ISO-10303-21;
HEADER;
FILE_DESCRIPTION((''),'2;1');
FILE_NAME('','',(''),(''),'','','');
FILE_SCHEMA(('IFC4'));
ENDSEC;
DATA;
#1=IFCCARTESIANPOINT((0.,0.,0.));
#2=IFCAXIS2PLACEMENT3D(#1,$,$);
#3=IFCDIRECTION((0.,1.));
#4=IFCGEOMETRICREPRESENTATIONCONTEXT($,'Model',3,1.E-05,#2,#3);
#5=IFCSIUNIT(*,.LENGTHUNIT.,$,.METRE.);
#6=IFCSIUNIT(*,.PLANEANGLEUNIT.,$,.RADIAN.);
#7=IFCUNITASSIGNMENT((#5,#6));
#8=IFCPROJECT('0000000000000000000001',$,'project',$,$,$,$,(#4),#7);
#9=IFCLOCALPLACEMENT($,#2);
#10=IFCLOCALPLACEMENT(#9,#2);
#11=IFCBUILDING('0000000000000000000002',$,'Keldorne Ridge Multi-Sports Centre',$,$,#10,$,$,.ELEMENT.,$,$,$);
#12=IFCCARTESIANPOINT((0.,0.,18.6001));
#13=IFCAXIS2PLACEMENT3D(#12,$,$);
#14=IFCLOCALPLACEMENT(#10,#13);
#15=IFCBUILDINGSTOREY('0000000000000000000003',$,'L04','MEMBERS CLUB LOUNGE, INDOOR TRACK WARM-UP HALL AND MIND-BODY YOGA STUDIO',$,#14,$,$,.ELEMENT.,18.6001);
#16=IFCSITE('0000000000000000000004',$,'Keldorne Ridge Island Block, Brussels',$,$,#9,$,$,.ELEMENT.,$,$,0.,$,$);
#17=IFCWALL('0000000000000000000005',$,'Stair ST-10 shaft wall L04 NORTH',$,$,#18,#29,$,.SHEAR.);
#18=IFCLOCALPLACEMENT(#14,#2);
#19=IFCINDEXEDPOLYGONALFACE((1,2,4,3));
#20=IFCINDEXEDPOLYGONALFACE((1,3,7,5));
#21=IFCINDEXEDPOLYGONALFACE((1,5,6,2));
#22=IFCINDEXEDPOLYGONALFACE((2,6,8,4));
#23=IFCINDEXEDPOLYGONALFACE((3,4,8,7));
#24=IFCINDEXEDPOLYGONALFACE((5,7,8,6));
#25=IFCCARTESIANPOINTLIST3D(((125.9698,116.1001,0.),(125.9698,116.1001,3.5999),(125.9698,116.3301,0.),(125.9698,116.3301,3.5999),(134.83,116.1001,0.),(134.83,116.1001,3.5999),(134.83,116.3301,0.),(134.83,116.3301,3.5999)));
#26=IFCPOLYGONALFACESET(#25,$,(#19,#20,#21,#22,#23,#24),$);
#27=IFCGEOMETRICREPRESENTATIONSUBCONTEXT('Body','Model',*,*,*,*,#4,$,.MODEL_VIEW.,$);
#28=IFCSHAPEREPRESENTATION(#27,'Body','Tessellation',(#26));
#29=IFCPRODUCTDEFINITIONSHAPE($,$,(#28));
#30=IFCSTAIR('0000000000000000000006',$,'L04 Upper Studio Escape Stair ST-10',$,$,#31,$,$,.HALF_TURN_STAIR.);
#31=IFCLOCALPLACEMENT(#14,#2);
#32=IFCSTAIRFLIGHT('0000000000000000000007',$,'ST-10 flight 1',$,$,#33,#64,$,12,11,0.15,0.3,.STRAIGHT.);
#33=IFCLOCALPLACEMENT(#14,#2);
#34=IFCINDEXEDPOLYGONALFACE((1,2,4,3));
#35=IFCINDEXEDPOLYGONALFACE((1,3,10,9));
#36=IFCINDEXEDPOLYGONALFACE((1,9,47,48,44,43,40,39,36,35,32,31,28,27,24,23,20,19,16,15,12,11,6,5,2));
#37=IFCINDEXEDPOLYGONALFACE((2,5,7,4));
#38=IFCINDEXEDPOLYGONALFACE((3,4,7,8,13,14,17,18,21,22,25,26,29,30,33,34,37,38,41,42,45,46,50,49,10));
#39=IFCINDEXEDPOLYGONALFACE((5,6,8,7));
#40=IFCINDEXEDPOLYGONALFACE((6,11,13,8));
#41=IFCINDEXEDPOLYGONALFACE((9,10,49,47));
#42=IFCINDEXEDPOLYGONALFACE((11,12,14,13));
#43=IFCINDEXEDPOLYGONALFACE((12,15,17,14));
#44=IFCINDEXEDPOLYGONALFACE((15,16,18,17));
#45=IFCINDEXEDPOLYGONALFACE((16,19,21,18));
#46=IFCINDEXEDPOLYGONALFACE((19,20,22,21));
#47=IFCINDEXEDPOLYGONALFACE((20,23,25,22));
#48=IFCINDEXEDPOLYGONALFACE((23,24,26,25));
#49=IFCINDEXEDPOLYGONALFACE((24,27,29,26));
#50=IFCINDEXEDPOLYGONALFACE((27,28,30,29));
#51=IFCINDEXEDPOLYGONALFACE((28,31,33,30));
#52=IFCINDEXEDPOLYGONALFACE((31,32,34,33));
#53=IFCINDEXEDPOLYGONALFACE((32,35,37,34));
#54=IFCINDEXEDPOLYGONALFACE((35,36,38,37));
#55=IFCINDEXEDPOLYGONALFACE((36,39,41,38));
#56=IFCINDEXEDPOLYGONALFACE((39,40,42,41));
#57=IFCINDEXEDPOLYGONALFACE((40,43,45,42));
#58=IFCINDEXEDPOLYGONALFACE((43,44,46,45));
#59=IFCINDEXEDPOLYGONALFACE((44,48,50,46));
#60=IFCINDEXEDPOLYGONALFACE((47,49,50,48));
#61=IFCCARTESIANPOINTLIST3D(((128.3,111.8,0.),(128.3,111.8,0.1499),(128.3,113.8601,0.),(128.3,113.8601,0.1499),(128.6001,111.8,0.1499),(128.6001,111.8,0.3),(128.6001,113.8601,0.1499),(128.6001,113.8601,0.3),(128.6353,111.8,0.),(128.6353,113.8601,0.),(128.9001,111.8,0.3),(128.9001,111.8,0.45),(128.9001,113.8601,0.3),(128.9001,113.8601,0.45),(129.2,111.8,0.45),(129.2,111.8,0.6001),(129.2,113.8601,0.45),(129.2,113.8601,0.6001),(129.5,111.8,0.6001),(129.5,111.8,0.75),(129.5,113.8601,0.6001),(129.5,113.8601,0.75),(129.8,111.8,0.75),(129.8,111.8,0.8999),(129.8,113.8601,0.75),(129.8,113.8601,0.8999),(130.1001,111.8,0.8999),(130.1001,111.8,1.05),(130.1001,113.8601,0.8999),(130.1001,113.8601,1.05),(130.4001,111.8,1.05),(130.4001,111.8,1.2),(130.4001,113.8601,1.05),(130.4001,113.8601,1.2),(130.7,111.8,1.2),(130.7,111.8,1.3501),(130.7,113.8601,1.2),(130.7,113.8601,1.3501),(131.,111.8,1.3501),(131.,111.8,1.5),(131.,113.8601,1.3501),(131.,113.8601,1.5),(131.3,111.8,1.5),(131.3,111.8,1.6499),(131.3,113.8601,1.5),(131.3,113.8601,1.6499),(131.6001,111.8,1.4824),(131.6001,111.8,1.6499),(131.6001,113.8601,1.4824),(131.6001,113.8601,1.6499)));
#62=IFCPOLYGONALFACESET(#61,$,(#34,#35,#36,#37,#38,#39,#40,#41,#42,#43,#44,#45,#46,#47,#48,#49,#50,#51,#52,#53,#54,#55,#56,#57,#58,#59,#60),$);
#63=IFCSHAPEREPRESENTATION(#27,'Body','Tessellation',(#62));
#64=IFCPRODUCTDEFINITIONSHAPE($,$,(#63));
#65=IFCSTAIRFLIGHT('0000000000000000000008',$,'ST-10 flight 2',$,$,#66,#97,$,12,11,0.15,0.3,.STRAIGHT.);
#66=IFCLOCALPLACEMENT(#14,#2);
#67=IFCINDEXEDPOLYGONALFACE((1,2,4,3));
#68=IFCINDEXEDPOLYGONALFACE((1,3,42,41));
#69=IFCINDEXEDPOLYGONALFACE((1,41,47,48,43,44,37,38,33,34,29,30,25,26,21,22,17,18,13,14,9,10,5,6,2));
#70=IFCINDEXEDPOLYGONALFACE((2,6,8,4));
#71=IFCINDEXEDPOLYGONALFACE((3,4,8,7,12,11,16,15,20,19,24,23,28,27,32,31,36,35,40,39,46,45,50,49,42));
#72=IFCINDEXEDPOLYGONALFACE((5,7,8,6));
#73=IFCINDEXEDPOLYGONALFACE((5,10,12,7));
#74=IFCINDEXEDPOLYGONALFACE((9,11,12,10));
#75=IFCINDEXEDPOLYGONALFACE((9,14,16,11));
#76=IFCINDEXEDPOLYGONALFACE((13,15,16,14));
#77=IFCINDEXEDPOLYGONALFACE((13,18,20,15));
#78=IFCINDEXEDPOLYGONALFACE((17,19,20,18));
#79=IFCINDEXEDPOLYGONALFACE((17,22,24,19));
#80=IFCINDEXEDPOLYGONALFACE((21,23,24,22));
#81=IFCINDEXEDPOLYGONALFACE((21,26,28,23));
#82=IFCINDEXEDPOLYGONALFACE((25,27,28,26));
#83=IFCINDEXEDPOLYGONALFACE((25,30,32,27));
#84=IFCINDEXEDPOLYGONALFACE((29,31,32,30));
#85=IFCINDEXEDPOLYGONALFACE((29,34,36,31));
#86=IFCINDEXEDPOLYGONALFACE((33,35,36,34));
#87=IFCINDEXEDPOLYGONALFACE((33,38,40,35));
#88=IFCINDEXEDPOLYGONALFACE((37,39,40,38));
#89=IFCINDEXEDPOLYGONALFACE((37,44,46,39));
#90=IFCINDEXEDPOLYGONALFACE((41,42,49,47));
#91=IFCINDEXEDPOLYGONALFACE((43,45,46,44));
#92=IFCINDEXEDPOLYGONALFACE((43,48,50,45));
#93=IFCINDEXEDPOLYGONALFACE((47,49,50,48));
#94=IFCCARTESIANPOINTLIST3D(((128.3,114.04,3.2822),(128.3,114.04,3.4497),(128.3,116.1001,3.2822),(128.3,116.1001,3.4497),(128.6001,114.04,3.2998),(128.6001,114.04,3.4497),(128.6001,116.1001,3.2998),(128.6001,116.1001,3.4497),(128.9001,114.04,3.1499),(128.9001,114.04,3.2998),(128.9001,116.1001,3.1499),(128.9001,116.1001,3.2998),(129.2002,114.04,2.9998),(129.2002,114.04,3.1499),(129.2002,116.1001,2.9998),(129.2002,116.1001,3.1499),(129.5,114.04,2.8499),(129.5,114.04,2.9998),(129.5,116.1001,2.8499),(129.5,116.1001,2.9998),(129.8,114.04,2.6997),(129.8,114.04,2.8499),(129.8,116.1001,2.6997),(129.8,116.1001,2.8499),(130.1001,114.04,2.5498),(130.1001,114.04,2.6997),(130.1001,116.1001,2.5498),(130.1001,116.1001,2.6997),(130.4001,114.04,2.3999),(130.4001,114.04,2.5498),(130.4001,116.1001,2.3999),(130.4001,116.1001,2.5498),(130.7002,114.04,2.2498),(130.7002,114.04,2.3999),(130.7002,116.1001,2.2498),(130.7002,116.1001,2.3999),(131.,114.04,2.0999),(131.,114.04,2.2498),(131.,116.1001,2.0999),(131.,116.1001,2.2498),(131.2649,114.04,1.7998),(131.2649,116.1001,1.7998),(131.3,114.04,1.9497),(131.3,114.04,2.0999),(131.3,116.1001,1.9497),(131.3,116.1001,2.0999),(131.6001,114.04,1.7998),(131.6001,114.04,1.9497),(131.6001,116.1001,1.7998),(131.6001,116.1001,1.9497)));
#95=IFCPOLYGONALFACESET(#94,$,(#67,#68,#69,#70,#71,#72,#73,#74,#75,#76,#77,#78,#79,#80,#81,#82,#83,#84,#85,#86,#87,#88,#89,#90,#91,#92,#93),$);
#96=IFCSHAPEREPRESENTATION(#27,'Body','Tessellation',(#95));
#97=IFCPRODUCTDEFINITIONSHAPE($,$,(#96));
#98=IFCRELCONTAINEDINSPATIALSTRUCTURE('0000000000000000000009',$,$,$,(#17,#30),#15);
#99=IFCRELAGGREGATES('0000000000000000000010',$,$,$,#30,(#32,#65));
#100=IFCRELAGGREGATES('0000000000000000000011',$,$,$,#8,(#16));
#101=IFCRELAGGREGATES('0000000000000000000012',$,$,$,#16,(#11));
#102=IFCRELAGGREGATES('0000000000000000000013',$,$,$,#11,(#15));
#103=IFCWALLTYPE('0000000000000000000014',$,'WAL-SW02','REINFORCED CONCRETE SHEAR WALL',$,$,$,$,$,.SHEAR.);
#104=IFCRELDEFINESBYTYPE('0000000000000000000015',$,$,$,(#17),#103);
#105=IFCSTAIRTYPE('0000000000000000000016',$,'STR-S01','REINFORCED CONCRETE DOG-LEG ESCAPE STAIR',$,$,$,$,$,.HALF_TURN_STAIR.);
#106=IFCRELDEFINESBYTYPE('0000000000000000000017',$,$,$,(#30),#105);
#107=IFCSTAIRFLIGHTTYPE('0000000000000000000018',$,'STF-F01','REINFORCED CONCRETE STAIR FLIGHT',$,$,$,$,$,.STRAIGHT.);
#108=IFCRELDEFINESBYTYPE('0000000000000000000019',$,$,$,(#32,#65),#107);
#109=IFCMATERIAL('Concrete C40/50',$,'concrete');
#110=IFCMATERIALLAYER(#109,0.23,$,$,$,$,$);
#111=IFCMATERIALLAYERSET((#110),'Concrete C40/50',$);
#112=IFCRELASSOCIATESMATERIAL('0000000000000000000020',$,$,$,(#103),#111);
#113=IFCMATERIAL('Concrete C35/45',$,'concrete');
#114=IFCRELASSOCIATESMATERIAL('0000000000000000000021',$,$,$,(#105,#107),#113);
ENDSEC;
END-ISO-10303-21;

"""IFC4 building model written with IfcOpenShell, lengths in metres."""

from ifc_helpers import new_model, si_unit, direction, frame, frame_2d, origin, place, context, subcontext, project, spatial, polyline, rectangle, outline, extrude, material, layer, layer_set, type_object, element, aggregate, save


model = new_model("IFC4")

# Units and contexts
model_context = context("Model", 3, precision=1e-05, world=origin(), true_north=direction((0.0, 1.0)))
body_context = subcontext(model_context, "Body", "Model", "MODEL_VIEW")
ifc_project = project(units=[si_unit("LENGTHUNIT", "METRE"), si_unit("PLANEANGLEUNIT", "RADIAN")], contexts=[model_context])

# Site, building, storey
site_placement = place(None, origin())
site = spatial("IfcSite", under=ifc_project, at=site_placement, Name="Keldorne Ridge Island Block, Brussels", CompositionType="ELEMENT", RefElevation=0.0)
building_placement = place(site_placement, origin())
building = spatial("IfcBuilding", under=site, at=building_placement, Name="Keldorne Ridge Multi-Sports Centre", CompositionType="ELEMENT")
storey_placement = place(building_placement, frame((0.0, 0.0, 18.6001)))
storey = spatial("IfcBuildingStorey", under=building, at=storey_placement, Name="L04", Description="MEMBERS CLUB LOUNGE, INDOOR TRACK WARM-UP HALL AND MIND-BODY YOGA STUDIO", CompositionType="ELEMENT", Elevation=18.6001)

# Wall
ifc_material_1 = material(Name="Concrete C40/50", Category="concrete")
ifc_layer_1 = layer(ifc_material_1, 0.23)
ifc_layer_set_1 = layer_set([ifc_layer_1], Name="Concrete C40/50")
wall_type_1 = type_object("IfcWallType", Name="WAL-SW02", Description="REINFORCED CONCRETE SHEAR WALL", PredefinedType="SHEAR", material=ifc_layer_set_1)
wall_1_placement = place(storey_placement, frame((134.8301, 116.2151, 0.0), z_axis=(0.0, 0.0, 1.0), x_axis=(-1.0, 0.0, 0.0)))
element("IfcWall", 1, at=wall_1_placement, inside=storey, type_object=wall_type_1, Name="Stair ST-10 shaft wall L04 NORTH", PredefinedType="SHEAR", context=body_context, shape_type="SweptSolid", body=[
    extrude(rectangle(XDim=8.8601, YDim=0.23, at=frame_2d((4.4302, 0.0))), origin(), (0.0, 0.0, 1.0), 3.5999),
])

# Stair, stair flights
ifc_material_2 = material(Name="Concrete C35/45", Category="concrete")
stair_type = type_object("IfcStairType", Name="STR-S01", Description="REINFORCED CONCRETE DOG-LEG ESCAPE STAIR", PredefinedType="HALF_TURN_STAIR", material=ifc_material_2)
stair_placement = place(storey_placement, origin())
stair = element("IfcStair", 2, at=stair_placement, inside=storey, type_object=stair_type, Name="L04 Upper Studio Escape Stair ST-10", PredefinedType="HALF_TURN_STAIR")
stair_flight_type = type_object("IfcStairFlightType", Name="STF-F01", Description="REINFORCED CONCRETE STAIR FLIGHT", PredefinedType="STRAIGHT", material=ifc_material_2)
stair_flight_1_placement = place(storey_placement, frame((128.3, 112.8301, 0.0), z_axis=(0.0, 0.0, 1.0), x_axis=(1.0, 0.0, 0.0)))
stair_flight_1 = element("IfcStairFlight", 3, at=stair_flight_1_placement, type_object=stair_flight_type, Name="ST-10 flight 1", NumberOfRisers=12, NumberOfTreads=11, PredefinedType="STRAIGHT", RiserHeight=0.15, TreadLength=0.3, context=body_context, shape_type="SweptSolid", body=[
    extrude(outline(polyline([(0.0, 0.0), (0.0, 0.1499), (0.3, 0.1499), (0.3, 0.3), (0.6001, 0.3), (0.6001, 0.45), (0.8999, 0.45), (0.8999, 0.6001), (1.2, 0.6001), (1.2, 0.75), (1.5, 0.75), (1.5, 0.8999), (1.8, 0.8999), (1.8, 1.05), (2.1001, 1.05), (2.1001, 1.2), (2.3999, 1.2), (2.3999, 1.3501), (2.7, 1.3501), (2.7, 1.5), (3.0, 1.5), (3.0, 1.6499), (3.3, 1.6499), (3.3, 1.8), (3.3, 1.4824), (0.3352, 0.0), (0.0, 0.0)])), frame((0.0, 1.03, 0.0), z_axis=(0.0, -1.0, 0.0), x_axis=(1.0, 0.0, 0.0)), (0.0, 0.0, 1.0), 2.0601),
])
stair_flight_2_placement = place(storey_placement, frame((131.6001, 115.0701, 1.7998), z_axis=(0.0, 0.0, 1.0), x_axis=(-1.0, 0.0, 0.0)))
stair_flight_2 = element("IfcStairFlight", 4, at=stair_flight_2_placement, type_object=stair_flight_type, Name="ST-10 flight 2", NumberOfRisers=12, NumberOfTreads=11, PredefinedType="STRAIGHT", RiserHeight=0.15, TreadLength=0.3, context=body_context, shape_type="SweptSolid", body=[
    extrude(outline(polyline([(0.0, 0.0), (0.0, 0.1499), (0.3, 0.1499), (0.3, 0.3), (0.6001, 0.3), (0.6001, 0.45), (0.8999, 0.45), (0.8999, 0.6001), (1.2, 0.6001), (1.2, 0.75), (1.5, 0.75), (1.5, 0.8999), (1.8, 0.8999), (1.8, 1.05), (2.1001, 1.05), (2.1001, 1.2), (2.3999, 1.2), (2.3999, 1.3501), (2.7, 1.3501), (2.7, 1.5), (3.0, 1.5), (3.0, 1.6499), (3.3, 1.6499), (3.3, 1.8), (3.3, 1.4824), (0.3352, 0.0), (0.0, 0.0)])), frame((0.0, 1.03, 0.0), z_axis=(0.0, -1.0, 0.0), x_axis=(1.0, 0.0, 0.0)), (0.0, 0.0, 1.0), 2.0601),
])
aggregate(stair, [stair_flight_1, stair_flight_2])

save(model, "model.ifc")
